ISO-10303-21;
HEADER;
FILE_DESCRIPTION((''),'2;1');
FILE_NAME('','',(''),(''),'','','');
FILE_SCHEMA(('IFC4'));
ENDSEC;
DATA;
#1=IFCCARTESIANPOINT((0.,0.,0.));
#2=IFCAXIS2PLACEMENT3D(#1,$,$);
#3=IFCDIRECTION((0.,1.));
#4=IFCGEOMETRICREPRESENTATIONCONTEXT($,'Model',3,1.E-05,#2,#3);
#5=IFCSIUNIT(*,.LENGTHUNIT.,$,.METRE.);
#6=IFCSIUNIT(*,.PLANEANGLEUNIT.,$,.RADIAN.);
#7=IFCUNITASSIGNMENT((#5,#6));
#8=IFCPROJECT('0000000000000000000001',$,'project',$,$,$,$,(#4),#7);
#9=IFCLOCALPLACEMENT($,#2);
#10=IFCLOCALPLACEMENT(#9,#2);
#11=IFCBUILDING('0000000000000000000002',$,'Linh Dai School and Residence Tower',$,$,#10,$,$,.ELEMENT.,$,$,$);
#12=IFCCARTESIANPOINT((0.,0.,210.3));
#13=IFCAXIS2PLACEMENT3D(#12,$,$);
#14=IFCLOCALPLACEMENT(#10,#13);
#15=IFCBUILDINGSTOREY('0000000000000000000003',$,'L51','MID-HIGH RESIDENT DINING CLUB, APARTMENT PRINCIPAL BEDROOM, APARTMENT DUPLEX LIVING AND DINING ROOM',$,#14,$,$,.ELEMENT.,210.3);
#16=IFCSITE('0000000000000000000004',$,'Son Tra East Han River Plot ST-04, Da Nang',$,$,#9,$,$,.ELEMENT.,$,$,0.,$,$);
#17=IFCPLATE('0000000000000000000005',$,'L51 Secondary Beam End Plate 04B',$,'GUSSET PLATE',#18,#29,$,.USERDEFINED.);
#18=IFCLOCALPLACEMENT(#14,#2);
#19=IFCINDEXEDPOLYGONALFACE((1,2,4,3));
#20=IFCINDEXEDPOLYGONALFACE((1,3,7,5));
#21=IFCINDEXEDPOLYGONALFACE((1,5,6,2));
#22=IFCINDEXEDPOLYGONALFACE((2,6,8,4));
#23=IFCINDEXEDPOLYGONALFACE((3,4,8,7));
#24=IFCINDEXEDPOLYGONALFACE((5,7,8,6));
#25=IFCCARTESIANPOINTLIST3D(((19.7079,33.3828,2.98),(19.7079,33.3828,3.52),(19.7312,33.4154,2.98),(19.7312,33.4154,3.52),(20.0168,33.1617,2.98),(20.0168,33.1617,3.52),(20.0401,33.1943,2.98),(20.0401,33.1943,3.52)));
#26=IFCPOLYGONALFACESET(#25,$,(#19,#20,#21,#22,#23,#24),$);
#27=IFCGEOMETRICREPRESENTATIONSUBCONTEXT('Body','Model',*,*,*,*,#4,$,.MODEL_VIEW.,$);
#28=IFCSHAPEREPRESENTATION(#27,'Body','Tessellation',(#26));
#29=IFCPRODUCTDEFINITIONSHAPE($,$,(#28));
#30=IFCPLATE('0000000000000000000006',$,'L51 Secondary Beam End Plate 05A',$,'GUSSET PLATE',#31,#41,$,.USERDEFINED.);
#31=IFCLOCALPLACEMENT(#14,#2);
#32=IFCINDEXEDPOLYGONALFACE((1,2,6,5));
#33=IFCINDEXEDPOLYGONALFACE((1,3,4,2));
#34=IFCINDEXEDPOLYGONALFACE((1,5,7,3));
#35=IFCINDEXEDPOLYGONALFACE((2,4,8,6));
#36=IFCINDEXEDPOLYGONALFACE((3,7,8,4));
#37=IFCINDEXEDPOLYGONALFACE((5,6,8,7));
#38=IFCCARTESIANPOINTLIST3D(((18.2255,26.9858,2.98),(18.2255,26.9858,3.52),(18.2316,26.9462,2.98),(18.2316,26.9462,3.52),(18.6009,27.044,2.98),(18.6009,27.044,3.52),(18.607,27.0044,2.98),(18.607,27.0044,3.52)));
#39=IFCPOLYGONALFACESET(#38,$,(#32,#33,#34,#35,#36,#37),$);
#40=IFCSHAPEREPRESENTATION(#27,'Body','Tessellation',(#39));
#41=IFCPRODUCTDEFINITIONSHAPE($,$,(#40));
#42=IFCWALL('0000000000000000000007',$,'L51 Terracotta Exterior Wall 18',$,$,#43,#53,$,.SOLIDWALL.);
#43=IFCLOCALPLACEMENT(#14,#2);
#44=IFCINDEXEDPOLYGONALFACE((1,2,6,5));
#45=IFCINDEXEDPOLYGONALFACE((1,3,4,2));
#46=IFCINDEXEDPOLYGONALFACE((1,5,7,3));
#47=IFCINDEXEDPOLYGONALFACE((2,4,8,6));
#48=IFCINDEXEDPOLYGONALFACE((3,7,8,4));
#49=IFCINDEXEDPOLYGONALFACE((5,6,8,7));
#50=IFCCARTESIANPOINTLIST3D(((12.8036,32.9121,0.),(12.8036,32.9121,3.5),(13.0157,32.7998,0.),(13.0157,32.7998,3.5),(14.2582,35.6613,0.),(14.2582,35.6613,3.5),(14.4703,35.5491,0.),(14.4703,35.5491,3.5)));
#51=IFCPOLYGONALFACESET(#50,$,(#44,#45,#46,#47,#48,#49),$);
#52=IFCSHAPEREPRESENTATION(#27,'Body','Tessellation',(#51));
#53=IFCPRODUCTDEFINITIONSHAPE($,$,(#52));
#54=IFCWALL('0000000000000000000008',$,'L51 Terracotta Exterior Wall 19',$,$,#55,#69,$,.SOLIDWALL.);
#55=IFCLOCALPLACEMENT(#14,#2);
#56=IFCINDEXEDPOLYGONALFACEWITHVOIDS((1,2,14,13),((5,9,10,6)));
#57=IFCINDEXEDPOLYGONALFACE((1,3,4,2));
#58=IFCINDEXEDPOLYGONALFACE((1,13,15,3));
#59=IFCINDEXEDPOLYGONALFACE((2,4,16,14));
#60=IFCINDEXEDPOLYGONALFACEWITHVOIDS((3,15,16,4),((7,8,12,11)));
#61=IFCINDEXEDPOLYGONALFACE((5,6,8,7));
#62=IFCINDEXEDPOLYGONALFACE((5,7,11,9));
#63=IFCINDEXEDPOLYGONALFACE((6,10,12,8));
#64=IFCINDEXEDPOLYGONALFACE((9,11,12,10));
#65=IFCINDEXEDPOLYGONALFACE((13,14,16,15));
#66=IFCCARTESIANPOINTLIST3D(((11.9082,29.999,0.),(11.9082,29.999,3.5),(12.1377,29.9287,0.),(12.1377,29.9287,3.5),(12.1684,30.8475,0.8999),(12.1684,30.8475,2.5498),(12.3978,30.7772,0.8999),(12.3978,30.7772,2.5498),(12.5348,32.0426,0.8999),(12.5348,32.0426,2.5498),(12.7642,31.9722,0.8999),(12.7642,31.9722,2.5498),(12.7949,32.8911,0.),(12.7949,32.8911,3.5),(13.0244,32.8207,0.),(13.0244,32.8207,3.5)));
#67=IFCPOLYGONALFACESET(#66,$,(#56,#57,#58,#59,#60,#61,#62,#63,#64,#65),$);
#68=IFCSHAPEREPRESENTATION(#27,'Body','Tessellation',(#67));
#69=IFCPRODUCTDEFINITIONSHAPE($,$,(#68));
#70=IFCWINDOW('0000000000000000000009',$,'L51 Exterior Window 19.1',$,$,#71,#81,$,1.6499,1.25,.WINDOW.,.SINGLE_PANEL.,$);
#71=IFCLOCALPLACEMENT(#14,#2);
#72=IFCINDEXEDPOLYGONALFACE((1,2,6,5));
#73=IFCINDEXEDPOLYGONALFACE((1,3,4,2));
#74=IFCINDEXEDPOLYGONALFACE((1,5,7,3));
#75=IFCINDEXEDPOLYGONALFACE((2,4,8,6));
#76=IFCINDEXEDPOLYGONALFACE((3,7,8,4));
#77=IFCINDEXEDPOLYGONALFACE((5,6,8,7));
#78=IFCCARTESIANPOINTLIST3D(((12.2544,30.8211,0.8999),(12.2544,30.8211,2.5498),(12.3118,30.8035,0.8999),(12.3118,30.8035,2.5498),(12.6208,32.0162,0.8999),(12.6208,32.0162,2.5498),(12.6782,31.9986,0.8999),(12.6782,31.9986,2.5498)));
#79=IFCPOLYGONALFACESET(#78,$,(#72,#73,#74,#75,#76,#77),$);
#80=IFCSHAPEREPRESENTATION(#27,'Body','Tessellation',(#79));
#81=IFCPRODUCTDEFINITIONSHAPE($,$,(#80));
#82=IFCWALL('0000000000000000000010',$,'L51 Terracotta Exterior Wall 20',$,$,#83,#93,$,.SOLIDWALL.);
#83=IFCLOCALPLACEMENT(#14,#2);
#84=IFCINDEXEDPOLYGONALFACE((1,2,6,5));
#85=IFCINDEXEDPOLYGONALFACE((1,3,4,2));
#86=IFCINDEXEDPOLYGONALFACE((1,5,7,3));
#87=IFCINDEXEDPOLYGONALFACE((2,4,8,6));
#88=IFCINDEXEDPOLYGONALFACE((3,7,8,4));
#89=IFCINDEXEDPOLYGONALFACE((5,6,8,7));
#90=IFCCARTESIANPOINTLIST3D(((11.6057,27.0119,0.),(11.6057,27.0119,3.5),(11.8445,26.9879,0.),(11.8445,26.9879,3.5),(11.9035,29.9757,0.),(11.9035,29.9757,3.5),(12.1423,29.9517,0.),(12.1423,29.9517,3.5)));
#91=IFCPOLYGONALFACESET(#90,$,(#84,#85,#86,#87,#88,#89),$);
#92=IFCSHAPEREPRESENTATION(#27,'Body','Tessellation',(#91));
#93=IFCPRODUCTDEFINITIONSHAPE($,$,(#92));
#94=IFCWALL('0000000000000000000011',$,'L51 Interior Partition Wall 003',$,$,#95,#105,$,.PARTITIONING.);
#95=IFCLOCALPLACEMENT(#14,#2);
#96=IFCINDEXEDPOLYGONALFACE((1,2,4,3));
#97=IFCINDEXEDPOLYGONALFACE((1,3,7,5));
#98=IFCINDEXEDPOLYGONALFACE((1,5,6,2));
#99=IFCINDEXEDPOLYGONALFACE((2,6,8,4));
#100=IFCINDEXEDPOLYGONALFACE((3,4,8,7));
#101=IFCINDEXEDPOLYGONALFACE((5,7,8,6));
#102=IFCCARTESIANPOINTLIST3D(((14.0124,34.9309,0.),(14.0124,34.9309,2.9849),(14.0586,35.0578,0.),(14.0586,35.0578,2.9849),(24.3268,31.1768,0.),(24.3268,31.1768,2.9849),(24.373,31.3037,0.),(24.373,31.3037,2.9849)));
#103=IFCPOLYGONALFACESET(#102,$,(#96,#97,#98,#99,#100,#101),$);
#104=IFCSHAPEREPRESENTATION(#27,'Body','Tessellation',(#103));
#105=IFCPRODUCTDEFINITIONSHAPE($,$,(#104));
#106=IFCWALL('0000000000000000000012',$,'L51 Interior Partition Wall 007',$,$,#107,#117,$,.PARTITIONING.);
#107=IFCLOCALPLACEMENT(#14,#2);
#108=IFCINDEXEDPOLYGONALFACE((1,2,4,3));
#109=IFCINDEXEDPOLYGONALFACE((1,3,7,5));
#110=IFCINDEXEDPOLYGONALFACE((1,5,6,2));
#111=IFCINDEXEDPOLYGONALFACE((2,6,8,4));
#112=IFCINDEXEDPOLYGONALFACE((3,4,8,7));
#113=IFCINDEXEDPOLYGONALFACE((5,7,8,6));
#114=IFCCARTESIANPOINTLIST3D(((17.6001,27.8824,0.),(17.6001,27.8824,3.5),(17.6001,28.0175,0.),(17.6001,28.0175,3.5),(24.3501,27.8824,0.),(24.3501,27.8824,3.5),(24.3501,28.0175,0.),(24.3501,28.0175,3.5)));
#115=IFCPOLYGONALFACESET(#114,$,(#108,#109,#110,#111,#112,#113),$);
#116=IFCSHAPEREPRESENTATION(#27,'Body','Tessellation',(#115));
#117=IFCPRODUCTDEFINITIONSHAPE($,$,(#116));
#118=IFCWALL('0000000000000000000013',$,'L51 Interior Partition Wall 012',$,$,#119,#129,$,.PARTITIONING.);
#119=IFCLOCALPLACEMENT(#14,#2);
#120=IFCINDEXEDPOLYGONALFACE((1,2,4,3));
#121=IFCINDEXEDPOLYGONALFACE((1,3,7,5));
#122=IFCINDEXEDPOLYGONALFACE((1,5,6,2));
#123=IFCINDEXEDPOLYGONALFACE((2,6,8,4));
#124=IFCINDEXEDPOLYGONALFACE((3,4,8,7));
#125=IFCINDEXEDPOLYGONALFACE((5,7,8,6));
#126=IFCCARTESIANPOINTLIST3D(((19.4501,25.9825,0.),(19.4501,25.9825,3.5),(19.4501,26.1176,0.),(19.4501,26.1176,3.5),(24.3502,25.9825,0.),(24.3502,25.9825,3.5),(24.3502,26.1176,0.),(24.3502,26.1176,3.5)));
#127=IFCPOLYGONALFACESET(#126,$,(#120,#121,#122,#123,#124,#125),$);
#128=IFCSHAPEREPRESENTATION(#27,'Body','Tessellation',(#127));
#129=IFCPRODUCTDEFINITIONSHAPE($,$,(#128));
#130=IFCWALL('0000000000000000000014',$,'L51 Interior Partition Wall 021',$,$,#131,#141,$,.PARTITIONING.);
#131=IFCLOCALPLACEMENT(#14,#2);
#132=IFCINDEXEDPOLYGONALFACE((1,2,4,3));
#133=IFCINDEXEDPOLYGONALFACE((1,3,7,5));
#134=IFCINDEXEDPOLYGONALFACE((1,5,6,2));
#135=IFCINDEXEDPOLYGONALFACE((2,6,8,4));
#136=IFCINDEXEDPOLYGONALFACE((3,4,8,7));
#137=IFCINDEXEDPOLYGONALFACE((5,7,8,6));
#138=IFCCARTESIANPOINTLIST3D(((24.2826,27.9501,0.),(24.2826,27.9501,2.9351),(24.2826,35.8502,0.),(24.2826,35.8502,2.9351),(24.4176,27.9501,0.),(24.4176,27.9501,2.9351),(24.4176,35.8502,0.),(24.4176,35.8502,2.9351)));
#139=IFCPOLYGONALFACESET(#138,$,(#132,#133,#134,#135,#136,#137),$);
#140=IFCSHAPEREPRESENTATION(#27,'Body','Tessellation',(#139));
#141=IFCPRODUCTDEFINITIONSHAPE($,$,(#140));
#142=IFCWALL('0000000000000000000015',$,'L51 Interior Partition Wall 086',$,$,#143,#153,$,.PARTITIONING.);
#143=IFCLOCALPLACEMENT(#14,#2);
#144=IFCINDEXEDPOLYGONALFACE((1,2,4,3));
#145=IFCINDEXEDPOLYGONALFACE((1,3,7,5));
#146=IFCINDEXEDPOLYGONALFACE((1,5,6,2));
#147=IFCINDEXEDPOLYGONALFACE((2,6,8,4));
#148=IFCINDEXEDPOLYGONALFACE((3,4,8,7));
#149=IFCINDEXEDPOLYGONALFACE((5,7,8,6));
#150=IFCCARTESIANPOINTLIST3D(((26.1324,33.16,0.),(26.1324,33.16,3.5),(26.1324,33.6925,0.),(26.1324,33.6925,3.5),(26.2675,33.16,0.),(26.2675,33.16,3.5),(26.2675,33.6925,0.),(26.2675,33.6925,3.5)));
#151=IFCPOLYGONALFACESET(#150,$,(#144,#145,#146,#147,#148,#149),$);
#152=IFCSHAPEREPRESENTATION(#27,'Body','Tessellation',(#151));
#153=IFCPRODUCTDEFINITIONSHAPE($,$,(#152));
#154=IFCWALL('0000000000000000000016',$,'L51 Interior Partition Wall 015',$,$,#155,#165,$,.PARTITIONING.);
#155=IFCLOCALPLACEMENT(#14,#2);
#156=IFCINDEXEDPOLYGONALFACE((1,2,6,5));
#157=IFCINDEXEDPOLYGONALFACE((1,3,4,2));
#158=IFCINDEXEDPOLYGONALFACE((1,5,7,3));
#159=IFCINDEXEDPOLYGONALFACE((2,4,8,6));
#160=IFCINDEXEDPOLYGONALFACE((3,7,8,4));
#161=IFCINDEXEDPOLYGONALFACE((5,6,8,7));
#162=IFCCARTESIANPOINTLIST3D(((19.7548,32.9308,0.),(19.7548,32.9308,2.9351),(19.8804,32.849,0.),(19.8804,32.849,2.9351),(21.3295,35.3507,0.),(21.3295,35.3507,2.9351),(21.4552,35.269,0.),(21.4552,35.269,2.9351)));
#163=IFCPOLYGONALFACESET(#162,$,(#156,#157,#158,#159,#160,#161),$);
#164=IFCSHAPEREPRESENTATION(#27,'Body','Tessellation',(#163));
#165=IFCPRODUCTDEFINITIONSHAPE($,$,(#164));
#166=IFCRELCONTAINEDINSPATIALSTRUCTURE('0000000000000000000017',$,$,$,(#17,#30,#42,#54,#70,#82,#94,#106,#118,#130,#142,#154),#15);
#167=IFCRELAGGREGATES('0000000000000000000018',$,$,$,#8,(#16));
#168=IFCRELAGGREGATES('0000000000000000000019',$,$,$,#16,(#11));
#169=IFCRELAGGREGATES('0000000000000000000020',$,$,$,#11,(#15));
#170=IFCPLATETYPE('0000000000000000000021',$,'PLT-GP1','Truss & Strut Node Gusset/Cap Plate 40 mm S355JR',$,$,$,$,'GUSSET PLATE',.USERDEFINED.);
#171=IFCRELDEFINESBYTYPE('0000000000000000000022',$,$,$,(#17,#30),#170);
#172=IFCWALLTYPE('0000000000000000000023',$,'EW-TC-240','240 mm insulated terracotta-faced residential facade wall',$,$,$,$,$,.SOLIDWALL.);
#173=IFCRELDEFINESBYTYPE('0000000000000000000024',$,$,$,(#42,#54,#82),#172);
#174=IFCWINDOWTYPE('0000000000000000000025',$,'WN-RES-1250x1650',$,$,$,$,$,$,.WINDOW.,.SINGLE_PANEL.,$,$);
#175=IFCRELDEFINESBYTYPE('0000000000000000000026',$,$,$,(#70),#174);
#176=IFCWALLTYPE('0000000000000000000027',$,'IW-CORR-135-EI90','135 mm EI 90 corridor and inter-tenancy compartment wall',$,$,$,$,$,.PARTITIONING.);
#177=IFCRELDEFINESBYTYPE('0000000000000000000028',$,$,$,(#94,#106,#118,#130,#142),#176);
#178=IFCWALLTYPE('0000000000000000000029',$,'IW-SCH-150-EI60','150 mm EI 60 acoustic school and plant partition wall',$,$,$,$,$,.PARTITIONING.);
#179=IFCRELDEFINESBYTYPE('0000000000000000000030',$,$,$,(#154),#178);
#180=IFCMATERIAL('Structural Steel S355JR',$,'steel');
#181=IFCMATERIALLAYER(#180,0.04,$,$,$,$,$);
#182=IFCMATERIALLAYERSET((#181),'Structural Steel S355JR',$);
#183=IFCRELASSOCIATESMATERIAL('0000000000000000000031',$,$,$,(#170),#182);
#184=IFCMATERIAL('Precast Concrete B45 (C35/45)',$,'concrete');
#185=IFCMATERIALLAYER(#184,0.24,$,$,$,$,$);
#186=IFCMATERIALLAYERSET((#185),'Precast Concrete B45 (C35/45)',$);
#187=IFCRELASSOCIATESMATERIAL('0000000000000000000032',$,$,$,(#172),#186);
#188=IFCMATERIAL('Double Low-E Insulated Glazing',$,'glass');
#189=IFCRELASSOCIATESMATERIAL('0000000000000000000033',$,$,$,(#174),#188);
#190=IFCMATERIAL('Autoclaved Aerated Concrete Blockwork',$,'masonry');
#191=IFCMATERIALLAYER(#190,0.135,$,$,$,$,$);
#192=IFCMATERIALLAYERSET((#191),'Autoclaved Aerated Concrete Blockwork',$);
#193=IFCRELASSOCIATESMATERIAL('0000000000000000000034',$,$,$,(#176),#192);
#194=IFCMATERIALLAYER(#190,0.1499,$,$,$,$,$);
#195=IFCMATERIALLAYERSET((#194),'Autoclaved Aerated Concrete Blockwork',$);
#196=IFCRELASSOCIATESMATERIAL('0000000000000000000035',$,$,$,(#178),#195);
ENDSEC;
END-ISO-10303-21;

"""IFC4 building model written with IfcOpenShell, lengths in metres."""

from ifc_helpers import new_model, si_unit, direction, frame, frame_2d, origin, origin_2d, place, context, subcontext, project, spatial, rectangle, extrude, source, transform, mapped, material, layer, layer_set, type_object, element, fill, save


model = new_model("IFC4")

# Units and contexts
model_context = context("Model", 3, precision=1e-05, world=origin(), true_north=direction((0.0, 1.0)))
body_context = subcontext(model_context, "Body", "Model", "MODEL_VIEW")
ifc_project = project(units=[si_unit("LENGTHUNIT", "METRE"), si_unit("PLANEANGLEUNIT", "RADIAN")], contexts=[model_context])

# Site, building, storey
site_placement = place(None, origin())
site = spatial("IfcSite", under=ifc_project, at=site_placement, Name="Son Tra East Han River Plot ST-04, Da Nang", CompositionType="ELEMENT", RefElevation=0.0)
building_placement = place(site_placement, origin())
building = spatial("IfcBuilding", under=site, at=building_placement, Name="Linh Dai School and Residence Tower", CompositionType="ELEMENT")
storey_placement = place(building_placement, frame((0.0, 0.0, 210.3)))
storey = spatial("IfcBuildingStorey", under=building, at=storey_placement, Name="L51", Description="MID-HIGH RESIDENT DINING CLUB, APARTMENT PRINCIPAL BEDROOM, APARTMENT DUPLEX LIVING AND DINING ROOM", CompositionType="ELEMENT", Elevation=210.3)

# Shared definitions
ifc_material_1 = material(Name="Structural Steel S355JR", Category="steel")

# Plates
ifc_layer_1 = layer(ifc_material_1, 0.04)
ifc_layer_set_1 = layer_set([ifc_layer_1], Name="Structural Steel S355JR")
plate_type = type_object("IfcPlateType", Name="PLT-GP1", Description="Truss & Strut Node Gusset/Cap Plate 40 mm S355JR", ElementType="GUSSET PLATE", PredefinedType="USERDEFINED", material=ifc_layer_set_1)
shared_shape_1 = source(origin(), body_context, "Body", "SweptSolid", [
    extrude(rectangle(XDim=0.04, YDim=0.3799, at=origin_2d()), origin(), (0.0, 0.0, 1.0), 0.54),
])
for number, where, z_axis, x_axis, name in (
    (1, (19.874, 33.2886, 2.98), (0.0, 0.0, 1.0), (-0.58204, -0.81316, 0.0), "L51 Secondary Beam End Plate 04B"),
    (2, (18.4163, 26.9951, 2.98), (0.0, 0.0, 1.0), (0.153186, -0.988197, 0.0), "L51 Secondary Beam End Plate 05A"),
):
    element("IfcPlate", number, at=place(storey_placement, frame(where, z_axis=z_axis, x_axis=x_axis)), inside=storey, type_object=plate_type, Name=name, ObjectType="GUSSET PLATE", PredefinedType="USERDEFINED", context=body_context, shape_type="MappedRepresentation", body=[
        mapped(shared_shape_1, transform((0.0, 0.0, 0.0), x_axis=(1.0, 0.0, 0.0), y_axis=(0.0, 1.0, 0.0), z_axis=(0.0, 0.0, 1.0), scale=1.0)),
    ])

# Wall
ifc_material_2 = material(Name="Precast Concrete B45 (C35/45)", Category="concrete")
ifc_layer_2 = layer(ifc_material_2, 0.24)
ifc_layer_set_2 = layer_set([ifc_layer_2], Name="Precast Concrete B45 (C35/45)")
wall_type_1 = type_object("IfcWallType", Name="EW-TC-240", Description="240 mm insulated terracotta-faced residential facade wall", PredefinedType="SOLIDWALL", material=ifc_layer_set_2)
wall_1_placement = place(storey_placement, frame((12.9097, 32.856, 0.0), z_axis=(0.0, 0.0, 1.0), x_axis=(0.46766, 0.883908, 0.0)))
element("IfcWall", 3, at=wall_1_placement, inside=storey, type_object=wall_type_1, Name="L51 Terracotta Exterior Wall 18", PredefinedType="SOLIDWALL", context=body_context, shape_type="SweptSolid", body=[
    extrude(rectangle(XDim=3.1104, YDim=0.24, at=frame_2d((1.5552, 0.0))), origin(), (0.0, 0.0, 1.0), 3.5),
])

# Wall, opening, window
wall_2_placement = place(storey_placement, frame((12.0229, 29.9639, 0.0), z_axis=(0.0, 0.0, 1.0), x_axis=(0.293133, 0.956072, 0.0)))
wall_2 = element("IfcWall", 4, at=wall_2_placement, inside=storey, type_object=wall_type_1, Name="L51 Terracotta Exterior Wall 19", PredefinedType="SOLIDWALL", context=body_context, shape_type="SweptSolid", body=[
    extrude(rectangle(XDim=3.0249, YDim=0.24, at=frame_2d((1.5125, 0.0))), origin(), (0.0, 0.0, 1.0), 3.5),
])
opening_1_placement = place(wall_2_placement, frame((0.8875, 0.0, 0.8999)))
opening_1 = element("IfcOpeningElement", 5, at=opening_1_placement, cuts=wall_2, PredefinedType="OPENING", context=body_context, shape_type="SweptSolid", body=[
    extrude(rectangle(XDim=1.25, YDim=1.6499, at=origin_2d()), frame((0.625, 0.1299, 0.825), z_axis=(0.0, -1.0, 0.0), x_axis=(1.0, 0.0, 0.0)), (0.0, 0.0, 1.0), 0.26),
])
ifc_material_3 = material(Name="Double Low-E Insulated Glazing", Category="glass")
window_type = type_object("IfcWindowType", Name="WN-RES-1250x1650", PartitioningType="SINGLE_PANEL", PredefinedType="WINDOW", material=ifc_material_3)
shared_shape_2 = source(origin(), body_context, "Body", "SweptSolid", [
    extrude(rectangle(XDim=1.25, YDim=1.6499, at=origin_2d()), frame((0.625, 0.03, 0.825), z_axis=(0.0, -1.0, 0.0), x_axis=(1.0, 0.0, 0.0)), (0.0, 0.0, 1.0), 0.0601),
])
window_placement = place(opening_1_placement, origin())
window = element("IfcWindow", 6, at=window_placement, inside=storey, type_object=window_type, Name="L51 Exterior Window 19.1", OverallHeight=1.6499, OverallWidth=1.25, PartitioningType="SINGLE_PANEL", PredefinedType="WINDOW", context=body_context, shape_type="MappedRepresentation", body=[
    mapped(shared_shape_2, transform((0.0, 0.0, 0.0), x_axis=(1.0, 0.0, 0.0), y_axis=(0.0, 1.0, 0.0), z_axis=(0.0, 0.0, 1.0), scale=1.0)),
])
fill(opening_1, window)

# Walls
wall_3_placement = place(storey_placement, frame((11.7251, 27.0, 0.0), z_axis=(0.0, 0.0, 1.0), x_axis=(0.099991, 0.994988, 0.0)))
element("IfcWall", 7, at=wall_3_placement, inside=storey, type_object=wall_type_1, Name="L51 Terracotta Exterior Wall 20", PredefinedType="SOLIDWALL", context=body_context, shape_type="SweptSolid", body=[
    extrude(rectangle(XDim=2.9788, YDim=0.24, at=frame_2d((1.4893, 0.0))), origin(), (0.0, 0.0, 1.0), 3.5),
])
ifc_material_4 = material(Name="Autoclaved Aerated Concrete Blockwork", Category="masonry")
ifc_layer_3 = layer(ifc_material_4, 0.135)
ifc_layer_set_3 = layer_set([ifc_layer_3], Name="Autoclaved Aerated Concrete Blockwork")
wall_type_2 = type_object("IfcWallType", Name="IW-CORR-135-EI90", Description="135 mm EI 90 corridor and inter-tenancy compartment wall", PredefinedType="PARTITIONING", material=ifc_layer_set_3)
wall_4_placement = place(storey_placement, frame((14.0354, 34.9944, 0.0), z_axis=(0.0, 0.0, 1.0), x_axis=(0.939693, -0.34202, 0.0)))
element("IfcWall", 8, at=wall_4_placement, inside=storey, type_object=wall_type_2, Name="L51 Interior Partition Wall 003", PredefinedType="PARTITIONING", context=body_context, shape_type="SweptSolid", body=[
    extrude(rectangle(XDim=10.9763, YDim=0.135, at=frame_2d((5.4883, 0.0))), origin(), (0.0, 0.0, 1.0), 2.9849),
])
wall_5_placement = place(storey_placement, frame((17.6001, 27.95, 0.0), z_axis=(0.0, 0.0, 1.0), x_axis=(1.0, 0.0, 0.0)))
element("IfcWall", 9, at=wall_5_placement, inside=storey, type_object=wall_type_2, Name="L51 Interior Partition Wall 007", PredefinedType="PARTITIONING", context=body_context, shape_type="SweptSolid", body=[
    extrude(rectangle(XDim=6.75, YDim=0.135, at=frame_2d((3.375, 0.0))), origin(), (0.0, 0.0, 1.0), 3.5),
])
wall_6_placement = place(storey_placement, frame((19.45, 26.05, 0.0), z_axis=(0.0, 0.0, 1.0), x_axis=(1.0, 0.0, 0.0)))
element("IfcWall", 10, at=wall_6_placement, inside=storey, type_object=wall_type_2, Name="L51 Interior Partition Wall 012", PredefinedType="PARTITIONING", context=body_context, shape_type="SweptSolid", body=[
    extrude(rectangle(XDim=4.9001, YDim=0.135, at=frame_2d((2.4502, 0.0))), origin(), (0.0, 0.0, 1.0), 3.5),
])
wall_7_placement = place(storey_placement, frame((24.3501, 27.95, 0.0), z_axis=(0.0, 0.0, 1.0), x_axis=(0.0, 1.0, 0.0)))
element("IfcWall", 11, at=wall_7_placement, inside=storey, type_object=wall_type_2, Name="L51 Interior Partition Wall 021", PredefinedType="PARTITIONING", context=body_context, shape_type="SweptSolid", body=[
    extrude(rectangle(XDim=7.9001, YDim=0.135, at=frame_2d((3.9502, 0.0))), origin(), (0.0, 0.0, 1.0), 2.9351),
])
wall_8_placement = place(storey_placement, frame((26.2, 33.6924, 0.0), z_axis=(0.0, 0.0, 1.0), x_axis=(0.0, -1.0, 0.0)))
element("IfcWall", 12, at=wall_8_placement, inside=storey, type_object=wall_type_2, Name="L51 Interior Partition Wall 086", PredefinedType="PARTITIONING", context=body_context, shape_type="SweptSolid", body=[
    extrude(rectangle(XDim=0.5325, YDim=0.135, at=frame_2d((0.2661, 0.0))), origin(), (0.0, 0.0, 1.0), 3.5),
])
ifc_layer_4 = layer(ifc_material_4, 0.1499)
ifc_layer_set_4 = layer_set([ifc_layer_4], Name="Autoclaved Aerated Concrete Blockwork")
wall_type_3 = type_object("IfcWallType", Name="IW-SCH-150-EI60", Description="150 mm EI 60 acoustic school and plant partition wall", PredefinedType="PARTITIONING", material=ifc_layer_set_4)
wall_9_placement = place(storey_placement, frame((19.8176, 32.8899, 0.0), z_axis=(0.0, 0.0, 1.0), x_axis=(0.545416, 0.838165, 0.0)))
element("IfcWall", 13, at=wall_9_placement, inside=storey, type_object=wall_type_3, Name="L51 Interior Partition Wall 015", PredefinedType="PARTITIONING", context=body_context, shape_type="SweptSolid", body=[
    extrude(rectangle(XDim=2.8872, YDim=0.1499, at=frame_2d((1.4436, 0.0))), origin(), (0.0, 0.0, 1.0), 2.9351),
])

save(model, "model.ifc")
